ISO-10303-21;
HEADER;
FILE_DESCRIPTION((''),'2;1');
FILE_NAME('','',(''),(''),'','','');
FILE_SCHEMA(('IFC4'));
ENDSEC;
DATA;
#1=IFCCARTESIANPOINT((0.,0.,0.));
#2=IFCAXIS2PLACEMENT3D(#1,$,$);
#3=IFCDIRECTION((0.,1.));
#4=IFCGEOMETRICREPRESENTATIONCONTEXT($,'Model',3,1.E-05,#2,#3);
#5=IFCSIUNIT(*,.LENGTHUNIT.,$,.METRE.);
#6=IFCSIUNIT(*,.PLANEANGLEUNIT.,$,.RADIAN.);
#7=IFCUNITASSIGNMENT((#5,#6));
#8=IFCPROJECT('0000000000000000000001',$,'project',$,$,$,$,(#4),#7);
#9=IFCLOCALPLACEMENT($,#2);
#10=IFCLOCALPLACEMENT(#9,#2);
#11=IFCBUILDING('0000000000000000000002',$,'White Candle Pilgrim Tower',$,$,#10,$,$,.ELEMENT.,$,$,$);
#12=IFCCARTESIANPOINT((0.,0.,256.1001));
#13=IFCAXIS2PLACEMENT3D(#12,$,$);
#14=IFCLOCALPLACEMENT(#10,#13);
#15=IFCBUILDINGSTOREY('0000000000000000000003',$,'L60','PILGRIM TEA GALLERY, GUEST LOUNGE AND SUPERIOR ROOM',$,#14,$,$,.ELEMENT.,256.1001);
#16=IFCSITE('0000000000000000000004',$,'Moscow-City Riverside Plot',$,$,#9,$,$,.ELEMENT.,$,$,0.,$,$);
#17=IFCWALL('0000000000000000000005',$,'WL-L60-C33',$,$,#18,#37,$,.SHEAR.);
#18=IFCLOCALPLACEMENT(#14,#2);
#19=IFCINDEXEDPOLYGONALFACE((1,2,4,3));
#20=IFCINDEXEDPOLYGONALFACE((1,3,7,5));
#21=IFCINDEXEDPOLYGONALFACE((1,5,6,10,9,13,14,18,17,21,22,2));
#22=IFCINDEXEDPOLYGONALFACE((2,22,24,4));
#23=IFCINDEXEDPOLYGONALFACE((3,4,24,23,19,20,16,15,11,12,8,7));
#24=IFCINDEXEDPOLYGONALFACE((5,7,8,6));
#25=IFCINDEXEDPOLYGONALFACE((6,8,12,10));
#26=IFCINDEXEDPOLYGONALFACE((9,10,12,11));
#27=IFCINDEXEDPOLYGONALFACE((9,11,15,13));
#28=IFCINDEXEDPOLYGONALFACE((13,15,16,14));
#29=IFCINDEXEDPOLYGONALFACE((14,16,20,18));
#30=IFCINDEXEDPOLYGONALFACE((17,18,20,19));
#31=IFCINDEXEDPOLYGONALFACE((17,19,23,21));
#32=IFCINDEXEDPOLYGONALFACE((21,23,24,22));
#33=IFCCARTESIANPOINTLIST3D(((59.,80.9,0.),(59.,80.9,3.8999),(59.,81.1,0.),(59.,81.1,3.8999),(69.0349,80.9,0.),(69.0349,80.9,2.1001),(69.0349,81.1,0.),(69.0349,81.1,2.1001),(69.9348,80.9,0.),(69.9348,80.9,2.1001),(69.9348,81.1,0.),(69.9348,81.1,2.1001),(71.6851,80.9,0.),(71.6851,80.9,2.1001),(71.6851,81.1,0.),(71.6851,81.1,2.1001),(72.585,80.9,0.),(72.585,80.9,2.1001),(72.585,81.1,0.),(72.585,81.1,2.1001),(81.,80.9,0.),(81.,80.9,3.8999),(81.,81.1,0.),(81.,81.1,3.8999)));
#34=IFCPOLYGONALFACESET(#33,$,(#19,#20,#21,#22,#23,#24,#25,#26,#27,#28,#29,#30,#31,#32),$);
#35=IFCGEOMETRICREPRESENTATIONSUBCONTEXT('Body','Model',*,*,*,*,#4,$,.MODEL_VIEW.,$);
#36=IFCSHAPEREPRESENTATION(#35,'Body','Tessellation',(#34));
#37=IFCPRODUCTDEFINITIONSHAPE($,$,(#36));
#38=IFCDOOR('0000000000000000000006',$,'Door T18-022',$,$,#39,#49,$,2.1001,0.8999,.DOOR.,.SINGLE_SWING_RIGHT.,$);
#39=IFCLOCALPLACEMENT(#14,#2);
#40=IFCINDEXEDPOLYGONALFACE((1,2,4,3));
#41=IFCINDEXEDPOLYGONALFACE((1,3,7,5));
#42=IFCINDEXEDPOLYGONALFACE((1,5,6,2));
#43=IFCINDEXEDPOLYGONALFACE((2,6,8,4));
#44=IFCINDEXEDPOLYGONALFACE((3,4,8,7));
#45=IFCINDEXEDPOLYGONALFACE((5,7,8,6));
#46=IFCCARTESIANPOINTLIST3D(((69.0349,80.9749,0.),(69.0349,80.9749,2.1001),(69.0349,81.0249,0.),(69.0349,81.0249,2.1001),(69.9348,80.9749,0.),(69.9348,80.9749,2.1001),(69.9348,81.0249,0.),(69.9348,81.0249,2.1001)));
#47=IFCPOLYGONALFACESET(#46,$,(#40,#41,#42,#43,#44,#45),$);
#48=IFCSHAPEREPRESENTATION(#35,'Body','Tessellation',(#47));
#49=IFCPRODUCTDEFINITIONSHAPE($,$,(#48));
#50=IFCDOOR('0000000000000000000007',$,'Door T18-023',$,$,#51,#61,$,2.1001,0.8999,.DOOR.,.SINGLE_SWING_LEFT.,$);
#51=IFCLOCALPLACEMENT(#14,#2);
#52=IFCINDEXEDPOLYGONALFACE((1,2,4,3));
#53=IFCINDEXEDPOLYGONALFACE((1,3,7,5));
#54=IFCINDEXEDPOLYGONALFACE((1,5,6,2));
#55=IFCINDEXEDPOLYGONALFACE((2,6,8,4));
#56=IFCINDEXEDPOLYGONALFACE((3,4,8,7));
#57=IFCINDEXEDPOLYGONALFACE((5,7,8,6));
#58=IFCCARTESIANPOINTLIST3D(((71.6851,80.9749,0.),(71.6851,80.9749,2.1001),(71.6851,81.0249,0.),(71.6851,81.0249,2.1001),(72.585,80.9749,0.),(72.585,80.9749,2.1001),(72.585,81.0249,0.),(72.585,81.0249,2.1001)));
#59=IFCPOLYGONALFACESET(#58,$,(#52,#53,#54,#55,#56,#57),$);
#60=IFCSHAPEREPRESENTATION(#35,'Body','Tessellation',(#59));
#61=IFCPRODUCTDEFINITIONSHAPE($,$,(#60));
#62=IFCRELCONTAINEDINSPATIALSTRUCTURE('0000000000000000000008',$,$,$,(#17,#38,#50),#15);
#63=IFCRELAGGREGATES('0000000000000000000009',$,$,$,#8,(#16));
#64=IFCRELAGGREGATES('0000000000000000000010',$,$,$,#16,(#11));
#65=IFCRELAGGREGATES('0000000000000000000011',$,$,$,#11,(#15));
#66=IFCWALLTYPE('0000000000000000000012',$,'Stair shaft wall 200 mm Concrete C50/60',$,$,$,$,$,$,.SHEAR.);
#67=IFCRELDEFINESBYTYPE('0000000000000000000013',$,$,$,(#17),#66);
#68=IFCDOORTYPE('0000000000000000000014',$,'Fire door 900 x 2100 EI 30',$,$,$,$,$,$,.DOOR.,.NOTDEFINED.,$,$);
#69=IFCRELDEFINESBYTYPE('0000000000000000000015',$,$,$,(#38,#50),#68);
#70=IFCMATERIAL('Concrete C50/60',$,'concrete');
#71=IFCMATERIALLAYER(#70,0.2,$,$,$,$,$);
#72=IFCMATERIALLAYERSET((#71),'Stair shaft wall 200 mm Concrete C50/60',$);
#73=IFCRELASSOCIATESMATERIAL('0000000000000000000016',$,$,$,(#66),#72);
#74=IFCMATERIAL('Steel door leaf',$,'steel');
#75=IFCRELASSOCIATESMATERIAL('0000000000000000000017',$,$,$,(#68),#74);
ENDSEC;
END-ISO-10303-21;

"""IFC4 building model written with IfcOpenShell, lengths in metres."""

from ifc_helpers import new_model, si_unit, direction, frame, frame_2d, origin, place, context, subcontext, project, spatial, rectangle, extrude, material, layer, layer_set, type_object, element, fill, save


model = new_model("IFC4")

# Units and contexts
model_context = context("Model", 3, precision=1e-05, world=origin(), true_north=direction((0.0, 1.0)))
body_context = subcontext(model_context, "Body", "Model", "MODEL_VIEW")
ifc_project = project(units=[si_unit("LENGTHUNIT", "METRE"), si_unit("PLANEANGLEUNIT", "RADIAN")], contexts=[model_context])

# Site, building, storey
site_placement = place(None, origin())
site = spatial("IfcSite", under=ifc_project, at=site_placement, Name="Moscow-City Riverside Plot", CompositionType="ELEMENT", RefElevation=0.0)
building_placement = place(site_placement, origin())
building = spatial("IfcBuilding", under=site, at=building_placement, Name="White Candle Pilgrim Tower", CompositionType="ELEMENT")
storey_placement = place(building_placement, frame((0.0, 0.0, 256.1001)))
storey = spatial("IfcBuildingStorey", under=building, at=storey_placement, Name="L60", Description="PILGRIM TEA GALLERY, GUEST LOUNGE AND SUPERIOR ROOM", CompositionType="ELEMENT", Elevation=256.1001)

# Shared definitions
ifc_material_1 = material(Name="Concrete C50/60", Category="concrete")

# Wall, openings, doors
ifc_layer_1 = layer(ifc_material_1, 0.2)
ifc_layer_set_1 = layer_set([ifc_layer_1], Name="Stair shaft wall 200 mm Concrete C50/60")
wall_type_1 = type_object("IfcWallType", Name="Stair shaft wall 200 mm Concrete C50/60", PredefinedType="SHEAR", material=ifc_layer_set_1)
wall_1_placement = place(storey_placement, frame((59.0, 81.0, 0.0), z_axis=(0.0, 0.0, 1.0), x_axis=(1.0, 0.0, 0.0)))
wall_1 = element("IfcWall", 1, at=wall_1_placement, inside=storey, type_object=wall_type_1, Name="WL-L60-C33", PredefinedType="SHEAR", context=body_context, shape_type="SweptSolid", body=[
    extrude(rectangle(XDim=22.0, YDim=0.2, at=frame_2d((11.0, 0.0))), origin(), (0.0, 0.0, 1.0), 3.8999),
])
opening_1_placement = place(wall_1_placement, frame((10.0349, 0.0, 0.0)))
opening_1 = element("IfcOpeningElement", 2, at=opening_1_placement, cuts=wall_1, PredefinedType="OPENING", context=body_context, shape_type="SweptSolid", body=[
    extrude(rectangle(XDim=0.8999, YDim=2.1001, at=frame_2d((0.45, 1.05))), frame((0.0, 0.1099, 0.0), z_axis=(0.0, -1.0, 0.0), x_axis=(1.0, 0.0, 0.0)), (0.0, 0.0, 1.0), 0.22),
])
opening_2_placement = place(wall_1_placement, frame((12.6851, 0.0, 0.0)))
opening_2 = element("IfcOpeningElement", 3, at=opening_2_placement, cuts=wall_1, PredefinedType="OPENING", context=body_context, shape_type="SweptSolid", body=[
    extrude(rectangle(XDim=0.8999, YDim=2.1001, at=frame_2d((0.45, 1.05))), frame((0.0, 0.1099, 0.0), z_axis=(0.0, -1.0, 0.0), x_axis=(1.0, 0.0, 0.0)), (0.0, 0.0, 1.0), 0.22),
])
ifc_material_2 = material(Name="Steel door leaf", Category="steel")
door_type_1 = type_object("IfcDoorType", Name="Fire door 900 x 2100 EI 30", OperationType="NOTDEFINED", PredefinedType="DOOR", material=ifc_material_2)
door_1_placement = place(opening_1_placement, origin())
door_1 = element("IfcDoor", 4, at=door_1_placement, inside=storey, type_object=door_type_1, Name="Door T18-022", OperationType="SINGLE_SWING_RIGHT", OverallHeight=2.1001, OverallWidth=0.8999, PredefinedType="DOOR", context=body_context, shape_type="SweptSolid", body=[
    extrude(rectangle(XDim=0.8999, YDim=2.1001, at=frame_2d((0.45, 1.05))), frame((0.0, 0.0249, 0.0), z_axis=(0.0, -1.0, 0.0), x_axis=(1.0, 0.0, 0.0)), (0.0, 0.0, 1.0), 0.05),
])
fill(opening_1, door_1)
door_2_placement = place(opening_2_placement, origin())
door_2 = element("IfcDoor", 5, at=door_2_placement, inside=storey, type_object=door_type_1, Name="Door T18-023", OperationType="SINGLE_SWING_LEFT", OverallHeight=2.1001, OverallWidth=0.8999, PredefinedType="DOOR", context=body_context, shape_type="SweptSolid", body=[
    extrude(rectangle(XDim=0.8999, YDim=2.1001, at=frame_2d((0.45, 1.05))), frame((0.0, 0.0249, 0.0), z_axis=(0.0, -1.0, 0.0), x_axis=(1.0, 0.0, 0.0)), (0.0, 0.0, 1.0), 0.05),
])
fill(opening_2, door_2)

save(model, "model.ifc")
